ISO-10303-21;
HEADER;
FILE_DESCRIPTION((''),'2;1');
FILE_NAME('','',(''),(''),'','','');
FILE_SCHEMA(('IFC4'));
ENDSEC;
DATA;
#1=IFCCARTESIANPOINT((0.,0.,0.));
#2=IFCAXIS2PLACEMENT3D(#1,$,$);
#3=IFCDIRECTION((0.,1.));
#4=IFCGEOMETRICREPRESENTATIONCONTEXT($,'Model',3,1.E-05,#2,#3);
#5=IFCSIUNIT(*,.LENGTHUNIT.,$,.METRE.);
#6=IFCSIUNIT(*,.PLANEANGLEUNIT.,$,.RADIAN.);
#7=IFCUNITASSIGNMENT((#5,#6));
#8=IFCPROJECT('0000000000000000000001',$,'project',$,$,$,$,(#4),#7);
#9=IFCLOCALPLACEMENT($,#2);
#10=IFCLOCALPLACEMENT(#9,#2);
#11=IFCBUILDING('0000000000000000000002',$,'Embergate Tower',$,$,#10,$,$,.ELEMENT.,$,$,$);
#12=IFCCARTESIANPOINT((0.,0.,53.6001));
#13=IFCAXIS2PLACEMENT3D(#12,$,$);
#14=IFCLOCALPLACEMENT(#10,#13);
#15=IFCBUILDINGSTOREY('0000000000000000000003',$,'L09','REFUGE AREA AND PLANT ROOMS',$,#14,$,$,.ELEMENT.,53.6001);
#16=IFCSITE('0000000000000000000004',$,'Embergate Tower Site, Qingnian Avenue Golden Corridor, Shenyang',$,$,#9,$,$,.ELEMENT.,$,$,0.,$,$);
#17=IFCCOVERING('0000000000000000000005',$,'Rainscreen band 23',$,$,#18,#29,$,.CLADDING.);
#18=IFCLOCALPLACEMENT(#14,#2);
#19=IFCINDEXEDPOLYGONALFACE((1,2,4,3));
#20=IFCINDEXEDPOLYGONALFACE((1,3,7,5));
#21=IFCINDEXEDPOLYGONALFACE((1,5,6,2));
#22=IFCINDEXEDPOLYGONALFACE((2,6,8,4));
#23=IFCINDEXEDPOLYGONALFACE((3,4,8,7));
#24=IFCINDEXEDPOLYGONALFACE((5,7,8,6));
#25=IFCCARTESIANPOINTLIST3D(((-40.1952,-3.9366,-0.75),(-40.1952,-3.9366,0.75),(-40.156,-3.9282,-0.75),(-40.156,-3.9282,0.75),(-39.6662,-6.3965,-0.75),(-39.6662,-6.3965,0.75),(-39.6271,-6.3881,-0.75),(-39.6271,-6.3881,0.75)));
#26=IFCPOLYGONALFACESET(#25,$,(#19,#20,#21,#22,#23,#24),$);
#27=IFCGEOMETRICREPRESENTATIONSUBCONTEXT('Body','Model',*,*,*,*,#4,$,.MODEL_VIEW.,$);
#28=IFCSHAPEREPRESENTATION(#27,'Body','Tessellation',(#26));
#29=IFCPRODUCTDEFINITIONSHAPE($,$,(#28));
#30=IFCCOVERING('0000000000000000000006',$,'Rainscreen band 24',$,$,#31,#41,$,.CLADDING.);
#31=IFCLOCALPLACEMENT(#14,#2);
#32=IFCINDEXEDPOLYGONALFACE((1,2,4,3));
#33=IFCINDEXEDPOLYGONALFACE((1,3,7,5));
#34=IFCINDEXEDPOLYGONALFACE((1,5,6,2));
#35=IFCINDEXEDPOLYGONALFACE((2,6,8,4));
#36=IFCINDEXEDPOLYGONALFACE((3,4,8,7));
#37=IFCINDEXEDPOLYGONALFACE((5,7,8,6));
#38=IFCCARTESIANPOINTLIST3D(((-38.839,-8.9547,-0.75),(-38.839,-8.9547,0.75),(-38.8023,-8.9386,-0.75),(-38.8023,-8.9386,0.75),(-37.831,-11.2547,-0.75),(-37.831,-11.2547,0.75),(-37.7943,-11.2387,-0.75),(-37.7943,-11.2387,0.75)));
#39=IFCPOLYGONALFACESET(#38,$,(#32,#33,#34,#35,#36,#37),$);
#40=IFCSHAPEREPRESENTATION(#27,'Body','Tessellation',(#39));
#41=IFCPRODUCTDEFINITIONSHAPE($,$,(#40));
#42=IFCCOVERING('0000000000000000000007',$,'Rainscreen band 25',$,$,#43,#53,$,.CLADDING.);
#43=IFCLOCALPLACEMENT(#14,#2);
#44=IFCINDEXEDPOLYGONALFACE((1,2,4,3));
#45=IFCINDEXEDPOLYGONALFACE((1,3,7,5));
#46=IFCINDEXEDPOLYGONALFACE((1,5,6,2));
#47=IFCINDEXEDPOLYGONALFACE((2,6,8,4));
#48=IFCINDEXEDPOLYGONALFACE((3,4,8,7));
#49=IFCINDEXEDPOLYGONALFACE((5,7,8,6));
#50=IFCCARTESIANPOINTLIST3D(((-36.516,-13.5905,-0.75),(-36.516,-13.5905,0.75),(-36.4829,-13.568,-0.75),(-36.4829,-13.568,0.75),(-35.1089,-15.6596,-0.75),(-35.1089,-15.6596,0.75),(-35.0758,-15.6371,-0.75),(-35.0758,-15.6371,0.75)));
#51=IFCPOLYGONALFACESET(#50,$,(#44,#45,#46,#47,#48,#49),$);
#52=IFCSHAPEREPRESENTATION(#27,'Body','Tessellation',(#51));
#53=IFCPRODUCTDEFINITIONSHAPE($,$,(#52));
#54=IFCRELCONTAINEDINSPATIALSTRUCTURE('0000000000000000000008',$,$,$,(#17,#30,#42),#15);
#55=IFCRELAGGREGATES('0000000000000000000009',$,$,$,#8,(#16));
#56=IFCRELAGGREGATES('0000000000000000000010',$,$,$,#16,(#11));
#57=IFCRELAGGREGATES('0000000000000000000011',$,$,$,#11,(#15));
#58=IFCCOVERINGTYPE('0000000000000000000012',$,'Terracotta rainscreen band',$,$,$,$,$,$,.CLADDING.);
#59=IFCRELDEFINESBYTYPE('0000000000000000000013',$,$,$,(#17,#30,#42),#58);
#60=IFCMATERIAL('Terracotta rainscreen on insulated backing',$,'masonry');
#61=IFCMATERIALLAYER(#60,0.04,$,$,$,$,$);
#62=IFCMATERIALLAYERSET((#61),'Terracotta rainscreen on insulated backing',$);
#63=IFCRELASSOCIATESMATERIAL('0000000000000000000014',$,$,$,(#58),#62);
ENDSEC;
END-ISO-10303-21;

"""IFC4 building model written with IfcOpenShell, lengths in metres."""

from ifc_helpers import new_model, si_unit, direction, frame, origin, origin_2d, place, context, subcontext, project, spatial, rectangle, extrude, source, transform, mapped, material, layer, layer_set, type_object, element, save


model = new_model("IFC4")

# Units and contexts
model_context = context("Model", 3, precision=1e-05, world=origin(), true_north=direction((0.0, 1.0)))
body_context = subcontext(model_context, "Body", "Model", "MODEL_VIEW")
ifc_project = project(units=[si_unit("LENGTHUNIT", "METRE"), si_unit("PLANEANGLEUNIT", "RADIAN")], contexts=[model_context])

# Site, building, storey
site_placement = place(None, origin())
site = spatial("IfcSite", under=ifc_project, at=site_placement, Name="Embergate Tower Site, Qingnian Avenue Golden Corridor, Shenyang", CompositionType="ELEMENT", RefElevation=0.0)
building_placement = place(site_placement, origin())
building = spatial("IfcBuilding", under=site, at=building_placement, Name="Embergate Tower", CompositionType="ELEMENT")
storey_placement = place(building_placement, frame((0.0, 0.0, 53.6001)))
storey = spatial("IfcBuildingStorey", under=building, at=storey_placement, Name="L09", Description="REFUGE AREA AND PLANT ROOMS", CompositionType="ELEMENT", Elevation=53.6001)

# Coverings
ifc_material_1 = material(Name="Terracotta rainscreen on insulated backing", Category="masonry")
ifc_layer_1 = layer(ifc_material_1, 0.04)
ifc_layer_set_1 = layer_set([ifc_layer_1], Name="Terracotta rainscreen on insulated backing")
covering_type = type_object("IfcCoveringType", Name="Terracotta rainscreen band", PredefinedType="CLADDING", material=ifc_layer_set_1)
shared_shape_1 = source(origin(), body_context, "Body", "SweptSolid", [
    extrude(rectangle(XDim=2.5161, YDim=0.04, at=origin_2d()), origin(), (0.0, 0.0, 1.0), 1.5),
])
covering_1_placement = place(storey_placement, frame((-39.9111, -5.1624, -0.75), z_axis=(0.0, 0.0, 1.0), x_axis=(0.210235, -0.977651, 0.0)))
element("IfcCovering", 1, at=covering_1_placement, inside=storey, type_object=covering_type, Name="Rainscreen band 23", PredefinedType="CLADDING", context=body_context, shape_type="MappedRepresentation", body=[
    mapped(shared_shape_1, transform((0.0, 0.0, 0.0))),
])
shared_shape_2 = source(origin(), body_context, "Body", "SweptSolid", [
    extrude(rectangle(XDim=2.5112, YDim=0.04, at=origin_2d()), origin(), (0.0, 0.0, 1.0), 1.5),
])
covering_2_placement = place(storey_placement, frame((-38.3167, -10.0967, -0.75), z_axis=(0.0, 0.0, 1.0), x_axis=(0.401404, -0.915901, 0.0)))
element("IfcCovering", 2, at=covering_2_placement, inside=storey, type_object=covering_type, Name="Rainscreen band 24", PredefinedType="CLADDING", context=body_context, shape_type="MappedRepresentation", body=[
    mapped(shared_shape_2, transform((0.0, 0.0, 0.0))),
])
shared_shape_3 = source(origin(), body_context, "Body", "SweptSolid", [
    extrude(rectangle(XDim=2.5022, YDim=0.04, at=origin_2d()), origin(), (0.0, 0.0, 1.0), 1.5),
])
covering_3_placement = place(storey_placement, frame((-35.7959, -14.6138, -0.75), z_axis=(0.0, 0.0, 1.0), x_axis=(0.562332, -0.826912, 0.0)))
element("IfcCovering", 3, at=covering_3_placement, inside=storey, type_object=covering_type, Name="Rainscreen band 25", PredefinedType="CLADDING", context=body_context, shape_type="MappedRepresentation", body=[
    mapped(shared_shape_3, transform((0.0, 0.0, 0.0))),
])

save(model, "model.ifc")
